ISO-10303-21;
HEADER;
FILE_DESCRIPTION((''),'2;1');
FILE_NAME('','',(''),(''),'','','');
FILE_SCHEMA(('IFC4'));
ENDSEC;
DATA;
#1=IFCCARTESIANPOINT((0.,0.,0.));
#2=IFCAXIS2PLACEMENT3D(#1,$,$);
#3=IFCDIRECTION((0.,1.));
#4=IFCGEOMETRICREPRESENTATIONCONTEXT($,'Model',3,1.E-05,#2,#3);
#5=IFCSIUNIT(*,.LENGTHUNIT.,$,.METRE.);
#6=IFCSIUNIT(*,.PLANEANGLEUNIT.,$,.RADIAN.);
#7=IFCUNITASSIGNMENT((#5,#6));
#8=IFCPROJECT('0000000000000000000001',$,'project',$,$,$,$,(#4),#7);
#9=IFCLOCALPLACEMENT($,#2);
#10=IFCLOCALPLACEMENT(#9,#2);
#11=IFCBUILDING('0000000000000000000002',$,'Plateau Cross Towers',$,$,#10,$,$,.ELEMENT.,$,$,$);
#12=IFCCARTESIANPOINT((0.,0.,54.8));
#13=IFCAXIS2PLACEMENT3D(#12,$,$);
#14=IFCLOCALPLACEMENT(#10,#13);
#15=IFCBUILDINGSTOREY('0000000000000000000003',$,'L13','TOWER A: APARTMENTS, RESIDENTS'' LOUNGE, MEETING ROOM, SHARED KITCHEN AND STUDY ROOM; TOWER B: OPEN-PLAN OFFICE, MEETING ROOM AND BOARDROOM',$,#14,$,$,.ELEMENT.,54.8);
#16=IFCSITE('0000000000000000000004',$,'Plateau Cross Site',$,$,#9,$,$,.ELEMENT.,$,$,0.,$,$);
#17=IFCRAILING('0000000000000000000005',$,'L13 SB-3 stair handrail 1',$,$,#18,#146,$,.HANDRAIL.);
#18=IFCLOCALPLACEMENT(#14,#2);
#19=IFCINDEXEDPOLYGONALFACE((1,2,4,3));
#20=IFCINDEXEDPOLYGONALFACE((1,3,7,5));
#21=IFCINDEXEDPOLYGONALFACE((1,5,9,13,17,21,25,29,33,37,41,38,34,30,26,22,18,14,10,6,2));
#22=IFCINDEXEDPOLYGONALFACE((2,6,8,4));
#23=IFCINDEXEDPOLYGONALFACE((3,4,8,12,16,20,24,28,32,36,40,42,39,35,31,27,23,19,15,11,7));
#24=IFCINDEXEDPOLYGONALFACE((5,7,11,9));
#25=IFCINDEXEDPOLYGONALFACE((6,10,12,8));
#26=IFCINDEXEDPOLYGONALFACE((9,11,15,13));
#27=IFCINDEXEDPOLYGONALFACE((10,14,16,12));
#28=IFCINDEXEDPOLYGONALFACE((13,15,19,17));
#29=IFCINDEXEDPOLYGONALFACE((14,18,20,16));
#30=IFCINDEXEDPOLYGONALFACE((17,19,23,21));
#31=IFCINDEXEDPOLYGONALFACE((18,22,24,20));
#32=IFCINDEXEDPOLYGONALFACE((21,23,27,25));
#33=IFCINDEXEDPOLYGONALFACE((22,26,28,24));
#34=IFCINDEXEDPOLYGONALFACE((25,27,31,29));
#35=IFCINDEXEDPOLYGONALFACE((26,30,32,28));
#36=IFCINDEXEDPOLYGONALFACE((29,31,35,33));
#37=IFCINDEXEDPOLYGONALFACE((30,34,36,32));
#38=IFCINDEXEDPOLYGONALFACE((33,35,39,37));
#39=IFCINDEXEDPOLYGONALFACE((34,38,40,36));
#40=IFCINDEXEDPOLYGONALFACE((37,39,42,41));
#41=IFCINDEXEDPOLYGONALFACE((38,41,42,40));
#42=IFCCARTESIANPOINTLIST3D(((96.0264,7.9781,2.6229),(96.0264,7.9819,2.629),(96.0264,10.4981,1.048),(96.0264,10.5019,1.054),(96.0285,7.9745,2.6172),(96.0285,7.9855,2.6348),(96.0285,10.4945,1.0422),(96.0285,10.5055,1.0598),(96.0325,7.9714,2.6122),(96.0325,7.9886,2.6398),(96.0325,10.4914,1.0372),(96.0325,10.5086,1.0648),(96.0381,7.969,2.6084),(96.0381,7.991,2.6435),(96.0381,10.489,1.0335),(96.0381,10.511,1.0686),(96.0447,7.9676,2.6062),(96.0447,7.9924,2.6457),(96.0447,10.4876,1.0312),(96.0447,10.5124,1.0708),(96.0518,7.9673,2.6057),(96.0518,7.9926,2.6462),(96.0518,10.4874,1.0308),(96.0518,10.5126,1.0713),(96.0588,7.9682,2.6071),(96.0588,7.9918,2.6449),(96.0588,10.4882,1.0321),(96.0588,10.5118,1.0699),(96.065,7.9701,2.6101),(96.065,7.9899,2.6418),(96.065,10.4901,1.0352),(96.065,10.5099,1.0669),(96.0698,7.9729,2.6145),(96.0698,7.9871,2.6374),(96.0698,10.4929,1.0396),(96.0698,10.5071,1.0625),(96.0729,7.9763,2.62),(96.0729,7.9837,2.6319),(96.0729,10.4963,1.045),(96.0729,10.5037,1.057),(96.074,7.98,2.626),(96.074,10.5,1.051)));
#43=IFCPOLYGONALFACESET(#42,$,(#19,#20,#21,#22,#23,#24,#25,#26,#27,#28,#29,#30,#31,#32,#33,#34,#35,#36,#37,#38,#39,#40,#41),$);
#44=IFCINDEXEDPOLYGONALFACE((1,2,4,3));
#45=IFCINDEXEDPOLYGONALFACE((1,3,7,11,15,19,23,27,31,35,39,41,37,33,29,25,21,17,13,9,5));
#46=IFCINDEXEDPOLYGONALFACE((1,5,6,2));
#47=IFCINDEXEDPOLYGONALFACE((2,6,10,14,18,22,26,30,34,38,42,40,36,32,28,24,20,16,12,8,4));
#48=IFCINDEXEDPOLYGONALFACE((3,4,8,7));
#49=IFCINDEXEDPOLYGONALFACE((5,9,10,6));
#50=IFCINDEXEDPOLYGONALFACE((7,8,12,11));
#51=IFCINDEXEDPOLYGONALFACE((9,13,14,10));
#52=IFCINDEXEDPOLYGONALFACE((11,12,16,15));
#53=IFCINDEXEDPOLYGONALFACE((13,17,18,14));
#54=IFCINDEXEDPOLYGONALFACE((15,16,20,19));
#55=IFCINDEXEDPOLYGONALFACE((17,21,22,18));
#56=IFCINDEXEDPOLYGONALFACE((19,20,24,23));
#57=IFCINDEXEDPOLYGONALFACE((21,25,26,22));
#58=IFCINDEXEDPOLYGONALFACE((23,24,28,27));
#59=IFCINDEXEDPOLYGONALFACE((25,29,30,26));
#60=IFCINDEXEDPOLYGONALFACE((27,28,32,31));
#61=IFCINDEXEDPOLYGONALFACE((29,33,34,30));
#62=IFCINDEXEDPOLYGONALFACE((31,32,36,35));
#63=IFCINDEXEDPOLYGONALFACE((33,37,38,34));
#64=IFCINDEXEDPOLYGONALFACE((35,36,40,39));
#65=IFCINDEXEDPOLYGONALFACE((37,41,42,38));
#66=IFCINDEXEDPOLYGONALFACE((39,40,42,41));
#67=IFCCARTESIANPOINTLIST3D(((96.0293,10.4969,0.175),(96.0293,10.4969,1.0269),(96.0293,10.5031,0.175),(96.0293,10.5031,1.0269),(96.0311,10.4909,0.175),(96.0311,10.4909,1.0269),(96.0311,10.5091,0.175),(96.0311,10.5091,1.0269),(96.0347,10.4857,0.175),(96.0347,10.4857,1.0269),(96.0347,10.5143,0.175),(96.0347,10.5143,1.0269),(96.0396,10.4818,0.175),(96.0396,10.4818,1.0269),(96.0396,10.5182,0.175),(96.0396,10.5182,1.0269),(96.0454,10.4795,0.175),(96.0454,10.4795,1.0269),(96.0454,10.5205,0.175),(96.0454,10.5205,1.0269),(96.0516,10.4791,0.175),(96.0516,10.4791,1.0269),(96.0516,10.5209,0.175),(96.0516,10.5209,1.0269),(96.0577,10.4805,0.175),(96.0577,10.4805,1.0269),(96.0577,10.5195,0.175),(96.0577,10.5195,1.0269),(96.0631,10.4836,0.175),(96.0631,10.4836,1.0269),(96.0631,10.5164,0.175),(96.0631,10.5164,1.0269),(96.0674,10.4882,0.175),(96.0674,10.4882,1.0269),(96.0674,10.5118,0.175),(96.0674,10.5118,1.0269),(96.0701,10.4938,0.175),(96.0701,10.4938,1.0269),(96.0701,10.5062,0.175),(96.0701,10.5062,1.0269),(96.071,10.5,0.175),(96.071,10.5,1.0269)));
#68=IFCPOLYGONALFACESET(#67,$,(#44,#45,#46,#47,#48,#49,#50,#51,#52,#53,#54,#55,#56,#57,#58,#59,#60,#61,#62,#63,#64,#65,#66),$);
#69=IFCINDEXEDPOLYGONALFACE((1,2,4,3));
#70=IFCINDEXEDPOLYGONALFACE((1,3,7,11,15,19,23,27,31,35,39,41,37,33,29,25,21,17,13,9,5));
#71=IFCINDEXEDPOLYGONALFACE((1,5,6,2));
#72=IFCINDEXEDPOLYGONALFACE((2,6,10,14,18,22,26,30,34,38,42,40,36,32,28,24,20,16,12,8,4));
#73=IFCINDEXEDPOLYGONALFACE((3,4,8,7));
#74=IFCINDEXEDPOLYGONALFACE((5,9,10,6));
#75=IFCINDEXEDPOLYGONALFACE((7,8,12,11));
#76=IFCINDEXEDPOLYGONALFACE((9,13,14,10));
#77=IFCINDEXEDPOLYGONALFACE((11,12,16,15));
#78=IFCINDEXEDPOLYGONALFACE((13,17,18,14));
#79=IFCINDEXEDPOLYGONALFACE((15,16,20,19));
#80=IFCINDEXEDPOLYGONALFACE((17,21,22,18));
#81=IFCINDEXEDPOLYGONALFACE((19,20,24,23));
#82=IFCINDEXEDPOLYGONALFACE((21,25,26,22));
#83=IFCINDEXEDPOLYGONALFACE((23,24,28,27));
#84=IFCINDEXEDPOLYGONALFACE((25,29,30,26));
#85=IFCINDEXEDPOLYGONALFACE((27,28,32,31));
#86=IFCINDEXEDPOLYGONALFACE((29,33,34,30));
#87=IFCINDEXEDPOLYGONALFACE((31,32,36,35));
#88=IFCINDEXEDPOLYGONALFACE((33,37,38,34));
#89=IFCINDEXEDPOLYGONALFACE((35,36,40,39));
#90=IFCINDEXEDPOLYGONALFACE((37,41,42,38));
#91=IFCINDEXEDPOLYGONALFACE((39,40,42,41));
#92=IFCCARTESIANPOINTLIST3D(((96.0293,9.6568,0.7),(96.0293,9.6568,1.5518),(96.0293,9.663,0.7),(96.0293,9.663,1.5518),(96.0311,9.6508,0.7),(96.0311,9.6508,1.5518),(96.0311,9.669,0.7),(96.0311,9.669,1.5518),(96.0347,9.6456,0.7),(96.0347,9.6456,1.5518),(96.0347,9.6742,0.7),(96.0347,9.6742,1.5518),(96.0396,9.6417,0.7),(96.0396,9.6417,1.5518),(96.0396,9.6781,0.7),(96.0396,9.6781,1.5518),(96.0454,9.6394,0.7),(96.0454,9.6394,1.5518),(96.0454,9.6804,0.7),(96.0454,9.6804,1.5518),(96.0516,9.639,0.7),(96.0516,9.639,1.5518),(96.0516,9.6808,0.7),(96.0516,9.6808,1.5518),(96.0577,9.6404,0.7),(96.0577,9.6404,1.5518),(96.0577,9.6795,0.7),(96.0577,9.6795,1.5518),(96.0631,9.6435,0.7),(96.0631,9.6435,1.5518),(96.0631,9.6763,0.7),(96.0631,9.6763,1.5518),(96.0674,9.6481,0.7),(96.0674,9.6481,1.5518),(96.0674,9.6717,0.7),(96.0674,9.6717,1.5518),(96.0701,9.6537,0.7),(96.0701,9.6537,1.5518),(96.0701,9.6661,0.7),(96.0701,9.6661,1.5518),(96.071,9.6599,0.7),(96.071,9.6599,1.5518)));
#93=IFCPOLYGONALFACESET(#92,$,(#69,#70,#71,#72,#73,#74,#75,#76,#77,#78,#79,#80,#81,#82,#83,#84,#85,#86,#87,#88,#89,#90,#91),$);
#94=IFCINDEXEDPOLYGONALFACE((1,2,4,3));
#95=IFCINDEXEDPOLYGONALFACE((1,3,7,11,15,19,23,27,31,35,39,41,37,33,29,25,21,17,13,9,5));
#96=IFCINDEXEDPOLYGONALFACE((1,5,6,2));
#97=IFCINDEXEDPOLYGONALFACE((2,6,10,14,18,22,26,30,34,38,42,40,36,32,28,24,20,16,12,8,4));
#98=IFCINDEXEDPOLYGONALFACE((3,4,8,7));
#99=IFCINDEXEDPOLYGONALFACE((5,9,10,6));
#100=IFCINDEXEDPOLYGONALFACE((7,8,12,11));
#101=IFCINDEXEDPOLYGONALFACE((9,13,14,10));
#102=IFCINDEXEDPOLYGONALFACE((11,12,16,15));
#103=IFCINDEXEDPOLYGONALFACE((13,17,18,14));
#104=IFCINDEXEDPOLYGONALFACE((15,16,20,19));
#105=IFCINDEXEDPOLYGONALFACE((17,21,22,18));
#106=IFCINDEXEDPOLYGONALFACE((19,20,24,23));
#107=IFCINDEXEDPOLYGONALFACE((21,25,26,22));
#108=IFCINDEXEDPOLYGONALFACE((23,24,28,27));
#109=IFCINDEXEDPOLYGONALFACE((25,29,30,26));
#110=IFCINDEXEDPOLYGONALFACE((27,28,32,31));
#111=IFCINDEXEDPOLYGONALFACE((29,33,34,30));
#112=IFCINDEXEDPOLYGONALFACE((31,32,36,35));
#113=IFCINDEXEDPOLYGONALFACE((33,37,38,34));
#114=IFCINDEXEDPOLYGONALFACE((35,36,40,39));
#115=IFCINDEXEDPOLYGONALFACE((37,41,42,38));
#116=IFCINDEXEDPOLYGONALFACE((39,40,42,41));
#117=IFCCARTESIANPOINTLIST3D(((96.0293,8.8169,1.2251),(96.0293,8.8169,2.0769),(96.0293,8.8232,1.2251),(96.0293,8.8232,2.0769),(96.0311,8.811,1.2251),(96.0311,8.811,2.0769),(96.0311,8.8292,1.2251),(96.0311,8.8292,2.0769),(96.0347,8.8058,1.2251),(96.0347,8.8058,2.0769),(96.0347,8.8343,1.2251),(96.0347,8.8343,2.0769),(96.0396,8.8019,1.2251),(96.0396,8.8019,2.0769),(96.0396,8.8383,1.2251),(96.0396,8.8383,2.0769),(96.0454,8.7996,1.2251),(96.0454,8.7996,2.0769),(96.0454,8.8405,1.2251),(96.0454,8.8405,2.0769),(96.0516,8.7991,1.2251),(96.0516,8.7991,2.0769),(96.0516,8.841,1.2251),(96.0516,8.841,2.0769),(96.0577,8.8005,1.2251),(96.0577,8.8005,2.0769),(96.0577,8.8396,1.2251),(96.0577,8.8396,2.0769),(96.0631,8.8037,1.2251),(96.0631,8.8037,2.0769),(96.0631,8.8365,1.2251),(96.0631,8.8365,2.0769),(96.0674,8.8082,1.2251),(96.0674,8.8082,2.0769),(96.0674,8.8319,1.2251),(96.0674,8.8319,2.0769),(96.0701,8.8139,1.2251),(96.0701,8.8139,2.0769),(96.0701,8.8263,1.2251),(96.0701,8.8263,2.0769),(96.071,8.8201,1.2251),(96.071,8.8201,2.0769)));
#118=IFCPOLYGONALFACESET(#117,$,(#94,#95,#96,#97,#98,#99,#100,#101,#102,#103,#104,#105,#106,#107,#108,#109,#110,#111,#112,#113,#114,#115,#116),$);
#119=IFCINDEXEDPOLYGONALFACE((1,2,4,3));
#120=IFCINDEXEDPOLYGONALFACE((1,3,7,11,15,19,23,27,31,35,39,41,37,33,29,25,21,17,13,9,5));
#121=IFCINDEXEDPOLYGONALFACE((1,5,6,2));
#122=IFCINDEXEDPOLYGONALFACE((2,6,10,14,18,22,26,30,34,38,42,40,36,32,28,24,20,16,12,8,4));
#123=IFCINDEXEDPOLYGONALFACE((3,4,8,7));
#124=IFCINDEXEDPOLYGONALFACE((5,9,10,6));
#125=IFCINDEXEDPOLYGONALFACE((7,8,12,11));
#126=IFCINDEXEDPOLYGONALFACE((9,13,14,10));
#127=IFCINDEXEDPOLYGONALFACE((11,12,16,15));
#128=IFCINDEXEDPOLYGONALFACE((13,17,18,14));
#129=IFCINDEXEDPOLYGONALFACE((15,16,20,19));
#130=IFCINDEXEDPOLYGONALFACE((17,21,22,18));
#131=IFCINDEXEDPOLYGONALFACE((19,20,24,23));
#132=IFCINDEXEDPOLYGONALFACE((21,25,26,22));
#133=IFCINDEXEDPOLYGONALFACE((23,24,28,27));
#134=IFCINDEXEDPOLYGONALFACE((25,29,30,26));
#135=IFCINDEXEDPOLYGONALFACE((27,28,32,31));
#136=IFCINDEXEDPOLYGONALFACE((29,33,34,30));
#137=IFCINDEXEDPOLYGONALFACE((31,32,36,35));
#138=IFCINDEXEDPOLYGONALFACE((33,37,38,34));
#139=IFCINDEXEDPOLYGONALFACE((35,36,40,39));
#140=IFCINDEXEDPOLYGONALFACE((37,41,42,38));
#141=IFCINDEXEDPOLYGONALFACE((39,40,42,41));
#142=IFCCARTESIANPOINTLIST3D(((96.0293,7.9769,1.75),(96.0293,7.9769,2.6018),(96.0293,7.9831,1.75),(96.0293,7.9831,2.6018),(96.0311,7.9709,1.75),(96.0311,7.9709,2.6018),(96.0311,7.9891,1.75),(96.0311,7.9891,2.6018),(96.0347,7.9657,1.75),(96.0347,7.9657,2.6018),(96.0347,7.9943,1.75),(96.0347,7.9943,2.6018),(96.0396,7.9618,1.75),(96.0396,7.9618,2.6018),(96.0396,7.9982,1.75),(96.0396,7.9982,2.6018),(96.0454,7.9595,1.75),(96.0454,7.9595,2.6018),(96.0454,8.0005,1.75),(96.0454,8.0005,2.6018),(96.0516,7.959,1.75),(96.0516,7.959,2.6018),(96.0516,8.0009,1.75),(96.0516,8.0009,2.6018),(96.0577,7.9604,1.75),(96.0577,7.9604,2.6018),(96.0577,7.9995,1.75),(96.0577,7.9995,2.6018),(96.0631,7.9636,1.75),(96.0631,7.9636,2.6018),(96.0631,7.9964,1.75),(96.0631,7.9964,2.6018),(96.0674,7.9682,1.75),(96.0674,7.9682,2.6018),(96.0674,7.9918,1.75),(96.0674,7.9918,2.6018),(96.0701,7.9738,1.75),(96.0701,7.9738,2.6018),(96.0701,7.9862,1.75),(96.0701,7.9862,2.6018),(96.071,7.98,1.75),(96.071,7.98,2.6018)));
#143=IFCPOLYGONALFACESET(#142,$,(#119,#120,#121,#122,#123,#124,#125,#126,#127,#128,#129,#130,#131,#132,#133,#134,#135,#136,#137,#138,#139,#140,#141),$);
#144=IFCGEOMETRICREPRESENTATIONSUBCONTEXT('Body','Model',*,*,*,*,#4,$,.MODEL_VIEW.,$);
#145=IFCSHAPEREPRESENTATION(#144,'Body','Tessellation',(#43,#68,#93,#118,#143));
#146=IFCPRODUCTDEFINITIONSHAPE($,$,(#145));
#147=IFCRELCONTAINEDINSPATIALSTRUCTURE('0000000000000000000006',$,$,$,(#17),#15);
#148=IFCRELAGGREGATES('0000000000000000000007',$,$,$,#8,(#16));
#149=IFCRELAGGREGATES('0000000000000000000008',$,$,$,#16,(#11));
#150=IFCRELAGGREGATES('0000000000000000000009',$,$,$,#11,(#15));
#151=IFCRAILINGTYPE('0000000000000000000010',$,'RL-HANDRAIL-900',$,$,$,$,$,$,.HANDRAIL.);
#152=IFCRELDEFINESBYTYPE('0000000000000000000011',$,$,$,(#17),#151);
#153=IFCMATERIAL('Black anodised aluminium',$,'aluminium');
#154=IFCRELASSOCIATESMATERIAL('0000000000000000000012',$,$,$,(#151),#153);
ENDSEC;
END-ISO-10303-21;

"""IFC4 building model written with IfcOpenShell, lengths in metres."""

from ifc_helpers import new_model, si_unit, direction, frame, origin, origin_2d, place, context, subcontext, project, spatial, circle, extrude, material, type_object, element, save


model = new_model("IFC4")

# Units and contexts
model_context = context("Model", 3, precision=1e-05, world=origin(), true_north=direction((0.0, 1.0)))
body_context = subcontext(model_context, "Body", "Model", "MODEL_VIEW")
ifc_project = project(units=[si_unit("LENGTHUNIT", "METRE"), si_unit("PLANEANGLEUNIT", "RADIAN")], contexts=[model_context])

# Site, building, storey
site_placement = place(None, origin())
site = spatial("IfcSite", under=ifc_project, at=site_placement, Name="Plateau Cross Site", CompositionType="ELEMENT", RefElevation=0.0)
building_placement = place(site_placement, origin())
building = spatial("IfcBuilding", under=site, at=building_placement, Name="Plateau Cross Towers", CompositionType="ELEMENT")
storey_placement = place(building_placement, frame((0.0, 0.0, 54.8)))
storey = spatial("IfcBuildingStorey", under=building, at=storey_placement, Name="L13", Description="TOWER A: APARTMENTS, RESIDENTS' LOUNGE, MEETING ROOM, SHARED KITCHEN AND STUDY ROOM; TOWER B: OPEN-PLAN OFFICE, MEETING ROOM AND BOARDROOM", CompositionType="ELEMENT", Elevation=54.8)

# Shared definitions
ifc_material_1 = material(Name="Black anodised aluminium", Category="aluminium")

# Railing
railing_type_1 = type_object("IfcRailingType", Name="RL-HANDRAIL-900", PredefinedType="HANDRAIL", material=ifc_material_1)
railing_1_placement = place(storey_placement, frame((96.05, 10.5, 0.175)))
element("IfcRailing", 1, at=railing_1_placement, inside=storey, type_object=railing_type_1, Name="L13 SB-3 stair handrail 1", PredefinedType="HANDRAIL", context=body_context, shape_type="SweptSolid", body=[
    extrude(circle(Radius=0.0239, at=origin_2d()), frame((0.0, 0.0, 0.876), z_axis=(0.0, -0.848008, 0.529984), x_axis=(1.0, 0.0, 0.0)), (0.0, 0.0, 1.0), 2.9717),
    extrude(circle(Radius=0.021, at=origin_2d()), origin(), (0.0, 0.0, 1.0), 0.8518),
    extrude(circle(Radius=0.021, at=origin_2d()), frame((0.0, -0.8401, 0.5249)), (0.0, 0.0, 1.0), 0.8518),
    extrude(circle(Radius=0.021, at=origin_2d()), frame((0.0, -1.6799, 1.05)), (0.0, 0.0, 1.0), 0.8518),
    extrude(circle(Radius=0.021, at=origin_2d()), frame((0.0, -2.52, 1.575)), (0.0, 0.0, 1.0), 0.8518),
])

save(model, "model.ifc")
